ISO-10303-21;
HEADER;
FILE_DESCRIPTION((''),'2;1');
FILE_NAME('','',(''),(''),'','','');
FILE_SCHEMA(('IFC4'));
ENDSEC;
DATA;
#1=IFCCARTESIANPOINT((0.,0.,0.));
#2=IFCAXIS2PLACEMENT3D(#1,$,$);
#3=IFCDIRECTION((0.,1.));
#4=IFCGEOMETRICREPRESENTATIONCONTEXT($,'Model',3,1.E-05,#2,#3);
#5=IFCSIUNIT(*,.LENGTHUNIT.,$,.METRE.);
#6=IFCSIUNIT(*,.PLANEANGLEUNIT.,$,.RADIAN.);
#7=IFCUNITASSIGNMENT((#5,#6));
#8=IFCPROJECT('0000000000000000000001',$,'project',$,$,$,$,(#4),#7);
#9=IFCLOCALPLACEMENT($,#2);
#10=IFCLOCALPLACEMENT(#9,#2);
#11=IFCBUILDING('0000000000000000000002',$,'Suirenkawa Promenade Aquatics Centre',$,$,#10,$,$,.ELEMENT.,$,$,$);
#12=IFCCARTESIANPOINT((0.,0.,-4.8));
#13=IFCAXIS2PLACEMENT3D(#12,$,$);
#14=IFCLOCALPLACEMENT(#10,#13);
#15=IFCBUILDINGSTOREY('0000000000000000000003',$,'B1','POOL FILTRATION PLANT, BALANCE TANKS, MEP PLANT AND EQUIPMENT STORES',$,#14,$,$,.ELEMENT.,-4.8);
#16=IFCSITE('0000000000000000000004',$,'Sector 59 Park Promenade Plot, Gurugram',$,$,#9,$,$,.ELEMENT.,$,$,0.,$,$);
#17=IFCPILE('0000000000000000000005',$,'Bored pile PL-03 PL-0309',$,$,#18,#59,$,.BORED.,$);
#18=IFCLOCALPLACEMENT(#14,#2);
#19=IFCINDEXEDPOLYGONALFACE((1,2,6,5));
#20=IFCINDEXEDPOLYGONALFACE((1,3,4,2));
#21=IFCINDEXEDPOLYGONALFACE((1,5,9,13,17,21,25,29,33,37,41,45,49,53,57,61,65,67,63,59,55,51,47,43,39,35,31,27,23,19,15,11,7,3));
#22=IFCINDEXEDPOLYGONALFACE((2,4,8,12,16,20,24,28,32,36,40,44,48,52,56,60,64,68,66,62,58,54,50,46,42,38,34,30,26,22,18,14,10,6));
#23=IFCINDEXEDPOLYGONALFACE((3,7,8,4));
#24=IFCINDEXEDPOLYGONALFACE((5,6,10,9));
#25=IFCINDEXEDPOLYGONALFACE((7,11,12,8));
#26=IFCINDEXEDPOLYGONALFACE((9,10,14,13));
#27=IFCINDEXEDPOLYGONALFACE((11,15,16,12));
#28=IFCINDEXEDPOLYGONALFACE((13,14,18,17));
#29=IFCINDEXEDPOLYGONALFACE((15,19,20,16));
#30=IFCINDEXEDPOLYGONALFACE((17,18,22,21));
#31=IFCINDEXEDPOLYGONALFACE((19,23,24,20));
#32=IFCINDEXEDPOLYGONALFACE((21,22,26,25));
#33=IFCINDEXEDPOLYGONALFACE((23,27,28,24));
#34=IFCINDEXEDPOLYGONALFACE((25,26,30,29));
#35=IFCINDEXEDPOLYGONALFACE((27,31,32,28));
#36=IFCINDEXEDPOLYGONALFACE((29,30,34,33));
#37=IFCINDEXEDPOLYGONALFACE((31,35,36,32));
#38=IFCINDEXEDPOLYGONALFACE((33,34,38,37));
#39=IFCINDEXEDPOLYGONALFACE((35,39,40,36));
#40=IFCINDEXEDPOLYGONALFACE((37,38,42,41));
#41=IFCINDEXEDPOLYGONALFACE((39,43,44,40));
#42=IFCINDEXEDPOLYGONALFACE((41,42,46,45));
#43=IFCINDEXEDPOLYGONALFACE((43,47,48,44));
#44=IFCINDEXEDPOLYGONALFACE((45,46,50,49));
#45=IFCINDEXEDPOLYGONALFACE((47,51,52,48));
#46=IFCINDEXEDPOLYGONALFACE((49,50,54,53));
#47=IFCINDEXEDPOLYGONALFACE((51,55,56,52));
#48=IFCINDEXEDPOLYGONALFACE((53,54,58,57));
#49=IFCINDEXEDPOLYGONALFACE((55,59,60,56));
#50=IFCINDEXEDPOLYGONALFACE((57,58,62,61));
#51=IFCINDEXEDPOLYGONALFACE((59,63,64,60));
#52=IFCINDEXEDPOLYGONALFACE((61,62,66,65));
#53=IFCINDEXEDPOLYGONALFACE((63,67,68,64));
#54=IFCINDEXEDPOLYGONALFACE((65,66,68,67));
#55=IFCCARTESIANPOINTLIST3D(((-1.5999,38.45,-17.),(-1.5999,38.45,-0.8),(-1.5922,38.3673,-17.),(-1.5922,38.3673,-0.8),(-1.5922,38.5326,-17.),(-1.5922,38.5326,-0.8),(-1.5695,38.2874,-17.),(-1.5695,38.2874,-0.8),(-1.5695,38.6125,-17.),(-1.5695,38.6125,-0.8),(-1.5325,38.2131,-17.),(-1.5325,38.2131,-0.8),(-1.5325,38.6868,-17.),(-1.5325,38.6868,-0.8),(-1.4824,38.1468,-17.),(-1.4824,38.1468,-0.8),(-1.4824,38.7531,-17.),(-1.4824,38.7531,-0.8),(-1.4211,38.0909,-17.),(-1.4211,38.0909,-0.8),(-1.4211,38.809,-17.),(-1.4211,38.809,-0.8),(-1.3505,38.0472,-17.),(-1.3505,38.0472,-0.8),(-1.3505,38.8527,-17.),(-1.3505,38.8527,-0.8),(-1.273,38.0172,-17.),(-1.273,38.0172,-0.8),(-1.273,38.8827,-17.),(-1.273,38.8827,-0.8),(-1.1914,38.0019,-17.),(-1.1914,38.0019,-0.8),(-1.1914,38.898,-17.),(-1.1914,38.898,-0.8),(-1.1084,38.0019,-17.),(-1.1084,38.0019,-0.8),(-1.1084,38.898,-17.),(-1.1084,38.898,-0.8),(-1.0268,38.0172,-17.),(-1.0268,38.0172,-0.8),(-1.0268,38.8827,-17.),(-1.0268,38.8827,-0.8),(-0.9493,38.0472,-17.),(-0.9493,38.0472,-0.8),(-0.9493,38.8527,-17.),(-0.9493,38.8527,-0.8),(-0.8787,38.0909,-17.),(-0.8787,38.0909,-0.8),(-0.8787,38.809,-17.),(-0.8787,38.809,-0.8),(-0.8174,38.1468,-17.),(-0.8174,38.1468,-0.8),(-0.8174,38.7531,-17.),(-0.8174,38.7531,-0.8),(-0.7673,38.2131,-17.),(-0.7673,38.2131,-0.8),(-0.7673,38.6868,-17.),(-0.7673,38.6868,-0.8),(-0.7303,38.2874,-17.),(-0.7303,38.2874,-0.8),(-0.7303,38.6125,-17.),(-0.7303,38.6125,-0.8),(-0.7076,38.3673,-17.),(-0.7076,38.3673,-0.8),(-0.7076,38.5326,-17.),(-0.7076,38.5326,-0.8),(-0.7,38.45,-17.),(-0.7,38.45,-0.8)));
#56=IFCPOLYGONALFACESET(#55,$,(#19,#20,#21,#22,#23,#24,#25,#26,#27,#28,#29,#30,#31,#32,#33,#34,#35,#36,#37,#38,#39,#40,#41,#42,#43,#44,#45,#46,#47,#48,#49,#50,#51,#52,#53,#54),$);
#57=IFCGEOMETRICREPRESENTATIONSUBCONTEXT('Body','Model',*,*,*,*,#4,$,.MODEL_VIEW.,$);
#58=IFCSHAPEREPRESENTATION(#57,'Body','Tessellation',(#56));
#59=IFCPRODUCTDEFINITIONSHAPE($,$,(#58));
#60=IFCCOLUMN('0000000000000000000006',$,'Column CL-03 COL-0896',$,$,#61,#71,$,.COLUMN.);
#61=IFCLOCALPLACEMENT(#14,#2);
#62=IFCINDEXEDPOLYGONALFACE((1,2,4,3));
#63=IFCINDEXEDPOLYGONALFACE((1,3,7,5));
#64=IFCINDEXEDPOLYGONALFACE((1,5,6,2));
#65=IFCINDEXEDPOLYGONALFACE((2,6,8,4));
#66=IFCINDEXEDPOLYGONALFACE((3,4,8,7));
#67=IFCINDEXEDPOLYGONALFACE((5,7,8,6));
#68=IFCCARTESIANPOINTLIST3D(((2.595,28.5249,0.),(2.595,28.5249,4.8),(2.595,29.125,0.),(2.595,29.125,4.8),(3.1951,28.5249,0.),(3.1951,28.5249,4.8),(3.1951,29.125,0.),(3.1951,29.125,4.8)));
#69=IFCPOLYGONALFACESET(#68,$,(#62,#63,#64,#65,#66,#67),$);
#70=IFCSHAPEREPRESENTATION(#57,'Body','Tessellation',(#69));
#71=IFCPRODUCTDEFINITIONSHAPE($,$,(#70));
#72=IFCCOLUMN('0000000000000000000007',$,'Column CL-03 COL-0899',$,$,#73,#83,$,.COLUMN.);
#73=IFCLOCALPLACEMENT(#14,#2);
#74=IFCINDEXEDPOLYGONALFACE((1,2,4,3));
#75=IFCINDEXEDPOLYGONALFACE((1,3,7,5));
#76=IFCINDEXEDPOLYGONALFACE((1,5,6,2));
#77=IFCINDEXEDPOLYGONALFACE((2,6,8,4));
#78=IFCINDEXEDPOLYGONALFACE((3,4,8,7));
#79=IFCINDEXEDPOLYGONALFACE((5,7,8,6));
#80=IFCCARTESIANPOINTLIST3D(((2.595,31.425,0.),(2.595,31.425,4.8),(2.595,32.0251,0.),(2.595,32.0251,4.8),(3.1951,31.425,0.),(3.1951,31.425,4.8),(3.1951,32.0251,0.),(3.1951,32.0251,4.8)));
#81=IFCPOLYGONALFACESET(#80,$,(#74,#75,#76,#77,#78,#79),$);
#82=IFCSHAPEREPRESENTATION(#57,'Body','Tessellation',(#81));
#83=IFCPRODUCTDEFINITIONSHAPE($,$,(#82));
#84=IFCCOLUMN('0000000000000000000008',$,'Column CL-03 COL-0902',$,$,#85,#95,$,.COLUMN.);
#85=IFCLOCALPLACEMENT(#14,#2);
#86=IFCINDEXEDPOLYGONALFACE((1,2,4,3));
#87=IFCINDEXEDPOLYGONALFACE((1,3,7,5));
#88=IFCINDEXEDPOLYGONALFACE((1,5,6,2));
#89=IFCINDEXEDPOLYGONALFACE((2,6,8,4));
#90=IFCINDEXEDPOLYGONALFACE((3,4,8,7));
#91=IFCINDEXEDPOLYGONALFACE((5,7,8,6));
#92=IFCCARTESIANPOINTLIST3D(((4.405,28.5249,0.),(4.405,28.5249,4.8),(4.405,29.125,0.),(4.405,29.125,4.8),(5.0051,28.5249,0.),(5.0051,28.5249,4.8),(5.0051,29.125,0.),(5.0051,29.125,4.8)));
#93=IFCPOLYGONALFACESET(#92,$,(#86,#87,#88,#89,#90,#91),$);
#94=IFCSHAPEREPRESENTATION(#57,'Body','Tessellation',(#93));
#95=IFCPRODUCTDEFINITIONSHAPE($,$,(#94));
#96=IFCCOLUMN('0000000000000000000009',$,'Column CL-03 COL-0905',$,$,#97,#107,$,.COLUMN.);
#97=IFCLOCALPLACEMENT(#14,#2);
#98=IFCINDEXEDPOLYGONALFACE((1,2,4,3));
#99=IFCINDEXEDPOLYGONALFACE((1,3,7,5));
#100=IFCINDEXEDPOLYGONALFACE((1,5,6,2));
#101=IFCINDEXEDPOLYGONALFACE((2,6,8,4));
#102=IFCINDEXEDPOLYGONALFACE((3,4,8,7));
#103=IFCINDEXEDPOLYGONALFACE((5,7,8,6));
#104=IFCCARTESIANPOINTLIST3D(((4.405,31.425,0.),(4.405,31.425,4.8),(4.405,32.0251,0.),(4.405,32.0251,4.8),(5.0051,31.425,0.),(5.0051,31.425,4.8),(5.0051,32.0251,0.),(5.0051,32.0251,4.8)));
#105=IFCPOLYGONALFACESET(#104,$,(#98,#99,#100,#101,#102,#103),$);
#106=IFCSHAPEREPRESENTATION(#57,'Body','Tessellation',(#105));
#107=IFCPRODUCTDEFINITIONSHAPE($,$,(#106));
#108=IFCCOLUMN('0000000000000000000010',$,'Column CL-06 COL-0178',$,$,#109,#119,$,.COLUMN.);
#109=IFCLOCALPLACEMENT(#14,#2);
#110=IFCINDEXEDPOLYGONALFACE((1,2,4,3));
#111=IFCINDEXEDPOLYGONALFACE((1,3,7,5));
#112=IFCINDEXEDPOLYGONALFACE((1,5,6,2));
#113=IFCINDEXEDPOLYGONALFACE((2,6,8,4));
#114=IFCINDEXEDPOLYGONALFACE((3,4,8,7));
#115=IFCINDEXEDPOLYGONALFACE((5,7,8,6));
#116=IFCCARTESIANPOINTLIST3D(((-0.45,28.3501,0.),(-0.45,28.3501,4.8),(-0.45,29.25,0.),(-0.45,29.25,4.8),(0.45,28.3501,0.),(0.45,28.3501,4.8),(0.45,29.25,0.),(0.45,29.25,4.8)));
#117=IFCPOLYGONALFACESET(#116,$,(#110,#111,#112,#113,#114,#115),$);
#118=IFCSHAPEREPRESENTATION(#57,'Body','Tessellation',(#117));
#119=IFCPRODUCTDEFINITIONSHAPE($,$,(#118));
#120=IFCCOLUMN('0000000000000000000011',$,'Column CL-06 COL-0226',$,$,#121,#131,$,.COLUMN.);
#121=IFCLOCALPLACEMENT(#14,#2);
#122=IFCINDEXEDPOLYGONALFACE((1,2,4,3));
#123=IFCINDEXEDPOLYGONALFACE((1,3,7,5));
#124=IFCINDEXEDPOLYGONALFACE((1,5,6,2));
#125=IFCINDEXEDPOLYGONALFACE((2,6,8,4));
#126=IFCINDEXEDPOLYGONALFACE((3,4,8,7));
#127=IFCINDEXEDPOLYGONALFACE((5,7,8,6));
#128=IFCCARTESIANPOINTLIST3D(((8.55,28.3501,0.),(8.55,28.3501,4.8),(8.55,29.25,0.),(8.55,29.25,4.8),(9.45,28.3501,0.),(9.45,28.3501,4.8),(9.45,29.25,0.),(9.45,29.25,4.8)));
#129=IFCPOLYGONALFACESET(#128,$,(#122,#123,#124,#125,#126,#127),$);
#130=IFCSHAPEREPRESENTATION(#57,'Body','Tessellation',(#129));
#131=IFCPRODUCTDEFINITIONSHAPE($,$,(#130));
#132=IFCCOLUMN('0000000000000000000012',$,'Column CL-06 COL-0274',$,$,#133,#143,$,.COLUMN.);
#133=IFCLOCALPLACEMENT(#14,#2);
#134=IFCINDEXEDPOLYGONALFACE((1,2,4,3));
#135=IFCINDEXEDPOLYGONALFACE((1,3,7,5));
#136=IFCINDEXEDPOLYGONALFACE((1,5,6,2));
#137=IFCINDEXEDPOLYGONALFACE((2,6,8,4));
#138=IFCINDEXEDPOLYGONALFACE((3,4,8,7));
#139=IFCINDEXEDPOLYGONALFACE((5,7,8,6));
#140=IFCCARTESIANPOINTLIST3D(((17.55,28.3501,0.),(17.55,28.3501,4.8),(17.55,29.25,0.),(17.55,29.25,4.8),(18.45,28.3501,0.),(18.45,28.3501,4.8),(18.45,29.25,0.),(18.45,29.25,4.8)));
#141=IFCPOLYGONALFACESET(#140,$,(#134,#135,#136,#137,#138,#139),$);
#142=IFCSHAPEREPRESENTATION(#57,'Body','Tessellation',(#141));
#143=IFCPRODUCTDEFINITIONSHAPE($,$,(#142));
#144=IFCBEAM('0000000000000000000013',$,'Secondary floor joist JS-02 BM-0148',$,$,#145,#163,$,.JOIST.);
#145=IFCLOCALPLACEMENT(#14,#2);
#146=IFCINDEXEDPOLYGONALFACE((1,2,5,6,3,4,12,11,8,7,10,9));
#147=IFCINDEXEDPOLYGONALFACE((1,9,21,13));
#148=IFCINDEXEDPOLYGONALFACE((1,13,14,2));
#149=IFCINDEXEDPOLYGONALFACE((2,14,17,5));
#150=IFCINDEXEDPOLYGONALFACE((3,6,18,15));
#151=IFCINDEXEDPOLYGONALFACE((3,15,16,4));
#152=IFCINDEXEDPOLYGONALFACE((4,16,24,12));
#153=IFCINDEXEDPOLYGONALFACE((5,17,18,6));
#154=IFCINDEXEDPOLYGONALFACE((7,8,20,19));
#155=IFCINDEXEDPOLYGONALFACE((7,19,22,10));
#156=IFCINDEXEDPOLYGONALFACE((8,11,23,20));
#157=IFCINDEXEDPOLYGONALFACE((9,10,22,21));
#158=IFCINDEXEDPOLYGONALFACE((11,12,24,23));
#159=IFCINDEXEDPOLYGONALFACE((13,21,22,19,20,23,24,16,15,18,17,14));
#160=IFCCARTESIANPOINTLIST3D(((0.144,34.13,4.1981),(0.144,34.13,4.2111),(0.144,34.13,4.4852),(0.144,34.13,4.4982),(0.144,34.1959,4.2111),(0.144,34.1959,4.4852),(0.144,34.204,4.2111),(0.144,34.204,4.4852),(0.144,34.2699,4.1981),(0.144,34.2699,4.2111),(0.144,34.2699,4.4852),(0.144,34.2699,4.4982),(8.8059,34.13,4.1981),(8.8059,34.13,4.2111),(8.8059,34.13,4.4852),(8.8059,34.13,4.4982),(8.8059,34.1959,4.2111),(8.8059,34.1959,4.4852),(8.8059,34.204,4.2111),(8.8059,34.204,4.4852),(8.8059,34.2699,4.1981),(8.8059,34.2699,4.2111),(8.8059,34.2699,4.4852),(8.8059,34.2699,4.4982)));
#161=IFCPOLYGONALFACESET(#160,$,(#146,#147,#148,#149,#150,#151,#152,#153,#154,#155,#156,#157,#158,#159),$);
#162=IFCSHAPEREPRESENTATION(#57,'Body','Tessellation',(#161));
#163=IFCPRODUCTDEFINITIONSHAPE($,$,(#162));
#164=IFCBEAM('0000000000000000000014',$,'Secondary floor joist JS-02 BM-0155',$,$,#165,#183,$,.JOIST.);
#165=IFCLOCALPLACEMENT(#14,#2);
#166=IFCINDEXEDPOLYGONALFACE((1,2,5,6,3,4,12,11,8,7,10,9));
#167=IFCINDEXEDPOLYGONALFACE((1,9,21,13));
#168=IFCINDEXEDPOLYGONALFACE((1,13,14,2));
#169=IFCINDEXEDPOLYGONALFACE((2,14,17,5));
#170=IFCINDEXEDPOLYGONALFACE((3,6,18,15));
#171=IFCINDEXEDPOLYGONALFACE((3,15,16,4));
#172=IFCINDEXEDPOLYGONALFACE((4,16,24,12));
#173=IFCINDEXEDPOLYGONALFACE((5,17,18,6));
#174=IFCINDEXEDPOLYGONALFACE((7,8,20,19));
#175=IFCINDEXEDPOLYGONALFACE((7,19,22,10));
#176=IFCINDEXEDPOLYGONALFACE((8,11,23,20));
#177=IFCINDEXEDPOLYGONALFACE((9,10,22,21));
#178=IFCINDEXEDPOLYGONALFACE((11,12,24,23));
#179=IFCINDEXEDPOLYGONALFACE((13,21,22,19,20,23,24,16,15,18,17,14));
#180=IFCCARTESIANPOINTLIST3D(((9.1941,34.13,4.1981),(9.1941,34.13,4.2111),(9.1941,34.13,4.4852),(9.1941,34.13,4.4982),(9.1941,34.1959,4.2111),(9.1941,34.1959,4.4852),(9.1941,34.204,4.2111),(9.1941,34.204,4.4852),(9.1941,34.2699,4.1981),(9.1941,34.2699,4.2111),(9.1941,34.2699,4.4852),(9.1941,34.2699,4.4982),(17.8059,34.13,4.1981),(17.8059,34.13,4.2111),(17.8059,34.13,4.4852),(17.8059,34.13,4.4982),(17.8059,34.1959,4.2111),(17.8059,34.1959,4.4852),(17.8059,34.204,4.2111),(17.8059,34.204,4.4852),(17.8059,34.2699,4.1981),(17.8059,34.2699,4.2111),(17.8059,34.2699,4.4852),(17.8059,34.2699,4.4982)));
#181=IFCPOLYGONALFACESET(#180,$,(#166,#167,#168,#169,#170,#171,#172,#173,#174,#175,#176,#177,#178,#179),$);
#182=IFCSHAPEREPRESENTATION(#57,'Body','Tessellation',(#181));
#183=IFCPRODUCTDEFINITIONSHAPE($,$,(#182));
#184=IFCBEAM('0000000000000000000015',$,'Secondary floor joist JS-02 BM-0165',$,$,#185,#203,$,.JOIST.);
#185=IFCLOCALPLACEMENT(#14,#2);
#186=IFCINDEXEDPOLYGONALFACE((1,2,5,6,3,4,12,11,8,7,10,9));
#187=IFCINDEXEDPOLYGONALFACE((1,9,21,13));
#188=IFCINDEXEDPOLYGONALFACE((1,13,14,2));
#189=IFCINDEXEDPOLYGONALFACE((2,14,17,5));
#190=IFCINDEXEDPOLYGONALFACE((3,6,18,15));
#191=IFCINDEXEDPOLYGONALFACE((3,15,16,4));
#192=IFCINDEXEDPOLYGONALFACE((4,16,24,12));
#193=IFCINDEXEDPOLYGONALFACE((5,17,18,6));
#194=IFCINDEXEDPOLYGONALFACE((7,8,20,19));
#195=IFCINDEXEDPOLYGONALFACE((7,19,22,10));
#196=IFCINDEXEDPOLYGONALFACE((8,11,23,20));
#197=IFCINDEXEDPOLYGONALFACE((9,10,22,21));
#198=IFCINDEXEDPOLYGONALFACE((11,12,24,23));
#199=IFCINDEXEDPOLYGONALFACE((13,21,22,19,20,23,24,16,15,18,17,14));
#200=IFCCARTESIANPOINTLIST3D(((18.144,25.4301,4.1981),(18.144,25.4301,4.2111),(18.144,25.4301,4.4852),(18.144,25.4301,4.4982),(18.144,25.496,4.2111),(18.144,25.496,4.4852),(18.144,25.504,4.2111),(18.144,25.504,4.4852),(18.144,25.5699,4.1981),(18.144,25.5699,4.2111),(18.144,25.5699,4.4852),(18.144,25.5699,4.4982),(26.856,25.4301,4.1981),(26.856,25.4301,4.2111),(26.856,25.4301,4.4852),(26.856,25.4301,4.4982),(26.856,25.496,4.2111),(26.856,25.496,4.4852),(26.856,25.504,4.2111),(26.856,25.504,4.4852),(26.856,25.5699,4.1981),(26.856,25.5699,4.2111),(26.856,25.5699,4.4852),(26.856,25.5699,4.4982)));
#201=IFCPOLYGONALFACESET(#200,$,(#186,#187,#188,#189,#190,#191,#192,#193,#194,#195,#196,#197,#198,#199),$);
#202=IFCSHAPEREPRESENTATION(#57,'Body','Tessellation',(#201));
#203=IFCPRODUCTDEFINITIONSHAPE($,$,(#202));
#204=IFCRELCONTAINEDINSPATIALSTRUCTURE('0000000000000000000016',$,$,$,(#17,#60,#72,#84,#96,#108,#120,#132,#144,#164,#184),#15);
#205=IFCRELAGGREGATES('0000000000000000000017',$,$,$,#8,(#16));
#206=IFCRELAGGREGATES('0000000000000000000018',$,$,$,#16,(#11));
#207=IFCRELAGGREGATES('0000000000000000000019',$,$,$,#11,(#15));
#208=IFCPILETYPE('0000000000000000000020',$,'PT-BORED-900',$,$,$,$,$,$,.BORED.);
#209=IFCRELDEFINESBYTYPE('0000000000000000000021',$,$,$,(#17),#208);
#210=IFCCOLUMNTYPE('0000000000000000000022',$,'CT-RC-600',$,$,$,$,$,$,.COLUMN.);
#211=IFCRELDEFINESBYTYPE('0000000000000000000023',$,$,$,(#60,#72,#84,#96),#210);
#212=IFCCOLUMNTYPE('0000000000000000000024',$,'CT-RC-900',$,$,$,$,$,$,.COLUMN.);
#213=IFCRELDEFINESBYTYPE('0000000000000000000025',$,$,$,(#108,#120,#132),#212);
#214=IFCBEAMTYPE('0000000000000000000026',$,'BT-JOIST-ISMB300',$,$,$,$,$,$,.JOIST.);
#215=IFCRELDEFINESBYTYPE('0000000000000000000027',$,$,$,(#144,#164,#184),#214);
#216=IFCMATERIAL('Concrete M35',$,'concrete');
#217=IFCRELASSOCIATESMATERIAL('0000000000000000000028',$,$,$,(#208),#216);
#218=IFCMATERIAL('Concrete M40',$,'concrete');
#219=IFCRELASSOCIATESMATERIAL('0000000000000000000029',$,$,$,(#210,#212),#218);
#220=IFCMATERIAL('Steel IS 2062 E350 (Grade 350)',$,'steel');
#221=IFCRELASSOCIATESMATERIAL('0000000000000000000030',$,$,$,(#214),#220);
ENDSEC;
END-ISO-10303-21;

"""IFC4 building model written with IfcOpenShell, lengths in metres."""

from ifc_helpers import new_model, si_unit, direction, frame, origin, origin_2d, place, context, subcontext, project, spatial, rectangle, circle, i_section, extrude, material, material_profile, profile_set, type_object, element, save


model = new_model("IFC4")

# Units and contexts
model_context = context("Model", 3, precision=1e-05, world=origin(), true_north=direction((0.0, 1.0)))
body_context = subcontext(model_context, "Body", "Model", "MODEL_VIEW")
ifc_project = project(units=[si_unit("LENGTHUNIT", "METRE"), si_unit("PLANEANGLEUNIT", "RADIAN")], contexts=[model_context])

# Site, building, storey
site_placement = place(None, origin())
site = spatial("IfcSite", under=ifc_project, at=site_placement, Name="Sector 59 Park Promenade Plot, Gurugram", CompositionType="ELEMENT", RefElevation=0.0)
building_placement = place(site_placement, origin())
building = spatial("IfcBuilding", under=site, at=building_placement, Name="Suirenkawa Promenade Aquatics Centre", CompositionType="ELEMENT")
storey_placement = place(building_placement, frame((0.0, 0.0, -4.8)))
storey = spatial("IfcBuildingStorey", under=building, at=storey_placement, Name="B1", Description="POOL FILTRATION PLANT, BALANCE TANKS, MEP PLANT AND EQUIPMENT STORES", CompositionType="ELEMENT", Elevation=-4.8)

# Shared definitions
ifc_material_1 = material(Name="Concrete M35", Category="concrete")

# Pile
ifc_material_profile_1 = material_profile(ifc_material_1, circle(Radius=0.45, at=origin_2d()), Name="PILE D900", Category="concrete")
ifc_profile_set_1 = profile_set([ifc_material_profile_1], Name="Concrete M35")
pile_type = type_object("IfcPileType", Name="PT-BORED-900", PredefinedType="BORED", material=ifc_profile_set_1)
for number, where, z_axis, x_axis, name in (
    (1, (-1.1499, 38.45, -0.8), (0.0, 0.0, -1.0), (1.0, 0.0, 0.0), "Bored pile PL-03 PL-0309"),
):
    element("IfcPile", number, at=place(storey_placement, frame(where, z_axis=z_axis, x_axis=x_axis)), inside=storey, type_object=pile_type, Name=name, PredefinedType="BORED", context=body_context, shape_type="SweptSolid", body=[
        extrude(circle(Radius=0.45, at=origin_2d()), origin(), (0.0, 0.0, 1.0), 16.2),
    ])

# Columns
ifc_material_2 = material(Name="Concrete M40", Category="concrete")
ifc_material_profile_2 = material_profile(ifc_material_2, rectangle(XDim=0.6001, YDim=0.6001, at=origin_2d()), Name="RC COL 600x600", Category="concrete")
ifc_profile_set_2 = profile_set([ifc_material_profile_2], Name="Concrete M40")
column_type_1 = type_object("IfcColumnType", Name="CT-RC-600", PredefinedType="COLUMN", material=ifc_profile_set_2)
for number, where, z_axis, x_axis, name in (
    (2, (2.895, 28.825, 0.0), (0.0, 0.0, 1.0), (1.0, 0.0, 0.0), "Column CL-03 COL-0896"),
    (3, (2.895, 31.7251, 0.0), (0.0, 0.0, 1.0), (1.0, 0.0, 0.0), "Column CL-03 COL-0899"),
    (4, (4.7051, 28.825, 0.0), (0.0, 0.0, 1.0), (1.0, 0.0, 0.0), "Column CL-03 COL-0902"),
    (5, (4.7051, 31.7251, 0.0), (0.0, 0.0, 1.0), (1.0, 0.0, 0.0), "Column CL-03 COL-0905"),
):
    element("IfcColumn", number, at=place(storey_placement, frame(where, z_axis=z_axis, x_axis=x_axis)), inside=storey, type_object=column_type_1, Name=name, PredefinedType="COLUMN", context=body_context, shape_type="SweptSolid", body=[
        extrude(rectangle(XDim=0.6001, YDim=0.6001, at=origin_2d()), origin(), (0.0, 0.0, 1.0), 4.8),
    ])
ifc_material_profile_3 = material_profile(ifc_material_2, rectangle(XDim=0.8999, YDim=0.8999, at=origin_2d()), Name="RC COL 900x900", Category="concrete")
ifc_profile_set_3 = profile_set([ifc_material_profile_3], Name="Concrete M40")
column_type_2 = type_object("IfcColumnType", Name="CT-RC-900", PredefinedType="COLUMN", material=ifc_profile_set_3)
for number, where, z_axis, x_axis, name in (
    (6, (0.0, 28.8, 0.0), (0.0, 0.0, 1.0), (1.0, 0.0, 0.0), "Column CL-06 COL-0178"),
    (7, (9.0, 28.8, 0.0), (0.0, 0.0, 1.0), (1.0, 0.0, 0.0), "Column CL-06 COL-0226"),
    (8, (18.0, 28.8, 0.0), (0.0, 0.0, 1.0), (1.0, 0.0, 0.0), "Column CL-06 COL-0274"),
):
    element("IfcColumn", number, at=place(storey_placement, frame(where, z_axis=z_axis, x_axis=x_axis)), inside=storey, type_object=column_type_2, Name=name, PredefinedType="COLUMN", context=body_context, shape_type="SweptSolid", body=[
        extrude(rectangle(XDim=0.8999, YDim=0.8999, at=origin_2d()), origin(), (0.0, 0.0, 1.0), 4.8),
    ])

# Beams
ifc_material_3 = material(Name="Steel IS 2062 E350 (Grade 350)", Category="steel")
ifc_material_profile_4 = material_profile(ifc_material_3, i_section(OverallWidth=0.1399, OverallDepth=0.3, WebThickness=0.0081, FlangeThickness=0.0129, at=origin_2d()), Name="ISMB 300", Category="steel")
ifc_profile_set_4 = profile_set([ifc_material_profile_4], Name="Steel IS 2062 E350 (Grade 350)")
beam_type_1 = type_object("IfcBeamType", Name="BT-JOIST-ISMB300", PredefinedType="JOIST", material=ifc_profile_set_4)
beam_1_placement = place(storey_placement, frame((0.144, 34.2, 4.3481), z_axis=(1.0, 0.0, 0.0), x_axis=(0.0, 1.0, 0.0)))
element("IfcBeam", 9, at=beam_1_placement, inside=storey, type_object=beam_type_1, Name="Secondary floor joist JS-02 BM-0148", PredefinedType="JOIST", context=body_context, shape_type="SweptSolid", body=[
    extrude(i_section(OverallWidth=0.1399, OverallDepth=0.3, WebThickness=0.0081, FlangeThickness=0.0129, at=origin_2d()), origin(), (0.0, 0.0, 1.0), 8.6619),
])
beam_2_placement = place(storey_placement, frame((9.1941, 34.2, 4.3481), z_axis=(1.0, 0.0, 0.0), x_axis=(0.0, 1.0, 0.0)))
element("IfcBeam", 10, at=beam_2_placement, inside=storey, type_object=beam_type_1, Name="Secondary floor joist JS-02 BM-0155", PredefinedType="JOIST", context=body_context, shape_type="SweptSolid", body=[
    extrude(i_section(OverallWidth=0.1399, OverallDepth=0.3, WebThickness=0.0081, FlangeThickness=0.0129, at=origin_2d()), origin(), (0.0, 0.0, 1.0), 8.6118),
])
beam_3_placement = place(storey_placement, frame((18.144, 25.5, 4.3481), z_axis=(1.0, 0.0, 0.0), x_axis=(0.0, 1.0, 0.0)))
element("IfcBeam", 11, at=beam_3_placement, inside=storey, type_object=beam_type_1, Name="Secondary floor joist JS-02 BM-0165", PredefinedType="JOIST", context=body_context, shape_type="SweptSolid", body=[
    extrude(i_section(OverallWidth=0.1399, OverallDepth=0.3, WebThickness=0.0081, FlangeThickness=0.0129, at=origin_2d()), origin(), (0.0, 0.0, 1.0), 8.7119),
])

save(model, "model.ifc")
